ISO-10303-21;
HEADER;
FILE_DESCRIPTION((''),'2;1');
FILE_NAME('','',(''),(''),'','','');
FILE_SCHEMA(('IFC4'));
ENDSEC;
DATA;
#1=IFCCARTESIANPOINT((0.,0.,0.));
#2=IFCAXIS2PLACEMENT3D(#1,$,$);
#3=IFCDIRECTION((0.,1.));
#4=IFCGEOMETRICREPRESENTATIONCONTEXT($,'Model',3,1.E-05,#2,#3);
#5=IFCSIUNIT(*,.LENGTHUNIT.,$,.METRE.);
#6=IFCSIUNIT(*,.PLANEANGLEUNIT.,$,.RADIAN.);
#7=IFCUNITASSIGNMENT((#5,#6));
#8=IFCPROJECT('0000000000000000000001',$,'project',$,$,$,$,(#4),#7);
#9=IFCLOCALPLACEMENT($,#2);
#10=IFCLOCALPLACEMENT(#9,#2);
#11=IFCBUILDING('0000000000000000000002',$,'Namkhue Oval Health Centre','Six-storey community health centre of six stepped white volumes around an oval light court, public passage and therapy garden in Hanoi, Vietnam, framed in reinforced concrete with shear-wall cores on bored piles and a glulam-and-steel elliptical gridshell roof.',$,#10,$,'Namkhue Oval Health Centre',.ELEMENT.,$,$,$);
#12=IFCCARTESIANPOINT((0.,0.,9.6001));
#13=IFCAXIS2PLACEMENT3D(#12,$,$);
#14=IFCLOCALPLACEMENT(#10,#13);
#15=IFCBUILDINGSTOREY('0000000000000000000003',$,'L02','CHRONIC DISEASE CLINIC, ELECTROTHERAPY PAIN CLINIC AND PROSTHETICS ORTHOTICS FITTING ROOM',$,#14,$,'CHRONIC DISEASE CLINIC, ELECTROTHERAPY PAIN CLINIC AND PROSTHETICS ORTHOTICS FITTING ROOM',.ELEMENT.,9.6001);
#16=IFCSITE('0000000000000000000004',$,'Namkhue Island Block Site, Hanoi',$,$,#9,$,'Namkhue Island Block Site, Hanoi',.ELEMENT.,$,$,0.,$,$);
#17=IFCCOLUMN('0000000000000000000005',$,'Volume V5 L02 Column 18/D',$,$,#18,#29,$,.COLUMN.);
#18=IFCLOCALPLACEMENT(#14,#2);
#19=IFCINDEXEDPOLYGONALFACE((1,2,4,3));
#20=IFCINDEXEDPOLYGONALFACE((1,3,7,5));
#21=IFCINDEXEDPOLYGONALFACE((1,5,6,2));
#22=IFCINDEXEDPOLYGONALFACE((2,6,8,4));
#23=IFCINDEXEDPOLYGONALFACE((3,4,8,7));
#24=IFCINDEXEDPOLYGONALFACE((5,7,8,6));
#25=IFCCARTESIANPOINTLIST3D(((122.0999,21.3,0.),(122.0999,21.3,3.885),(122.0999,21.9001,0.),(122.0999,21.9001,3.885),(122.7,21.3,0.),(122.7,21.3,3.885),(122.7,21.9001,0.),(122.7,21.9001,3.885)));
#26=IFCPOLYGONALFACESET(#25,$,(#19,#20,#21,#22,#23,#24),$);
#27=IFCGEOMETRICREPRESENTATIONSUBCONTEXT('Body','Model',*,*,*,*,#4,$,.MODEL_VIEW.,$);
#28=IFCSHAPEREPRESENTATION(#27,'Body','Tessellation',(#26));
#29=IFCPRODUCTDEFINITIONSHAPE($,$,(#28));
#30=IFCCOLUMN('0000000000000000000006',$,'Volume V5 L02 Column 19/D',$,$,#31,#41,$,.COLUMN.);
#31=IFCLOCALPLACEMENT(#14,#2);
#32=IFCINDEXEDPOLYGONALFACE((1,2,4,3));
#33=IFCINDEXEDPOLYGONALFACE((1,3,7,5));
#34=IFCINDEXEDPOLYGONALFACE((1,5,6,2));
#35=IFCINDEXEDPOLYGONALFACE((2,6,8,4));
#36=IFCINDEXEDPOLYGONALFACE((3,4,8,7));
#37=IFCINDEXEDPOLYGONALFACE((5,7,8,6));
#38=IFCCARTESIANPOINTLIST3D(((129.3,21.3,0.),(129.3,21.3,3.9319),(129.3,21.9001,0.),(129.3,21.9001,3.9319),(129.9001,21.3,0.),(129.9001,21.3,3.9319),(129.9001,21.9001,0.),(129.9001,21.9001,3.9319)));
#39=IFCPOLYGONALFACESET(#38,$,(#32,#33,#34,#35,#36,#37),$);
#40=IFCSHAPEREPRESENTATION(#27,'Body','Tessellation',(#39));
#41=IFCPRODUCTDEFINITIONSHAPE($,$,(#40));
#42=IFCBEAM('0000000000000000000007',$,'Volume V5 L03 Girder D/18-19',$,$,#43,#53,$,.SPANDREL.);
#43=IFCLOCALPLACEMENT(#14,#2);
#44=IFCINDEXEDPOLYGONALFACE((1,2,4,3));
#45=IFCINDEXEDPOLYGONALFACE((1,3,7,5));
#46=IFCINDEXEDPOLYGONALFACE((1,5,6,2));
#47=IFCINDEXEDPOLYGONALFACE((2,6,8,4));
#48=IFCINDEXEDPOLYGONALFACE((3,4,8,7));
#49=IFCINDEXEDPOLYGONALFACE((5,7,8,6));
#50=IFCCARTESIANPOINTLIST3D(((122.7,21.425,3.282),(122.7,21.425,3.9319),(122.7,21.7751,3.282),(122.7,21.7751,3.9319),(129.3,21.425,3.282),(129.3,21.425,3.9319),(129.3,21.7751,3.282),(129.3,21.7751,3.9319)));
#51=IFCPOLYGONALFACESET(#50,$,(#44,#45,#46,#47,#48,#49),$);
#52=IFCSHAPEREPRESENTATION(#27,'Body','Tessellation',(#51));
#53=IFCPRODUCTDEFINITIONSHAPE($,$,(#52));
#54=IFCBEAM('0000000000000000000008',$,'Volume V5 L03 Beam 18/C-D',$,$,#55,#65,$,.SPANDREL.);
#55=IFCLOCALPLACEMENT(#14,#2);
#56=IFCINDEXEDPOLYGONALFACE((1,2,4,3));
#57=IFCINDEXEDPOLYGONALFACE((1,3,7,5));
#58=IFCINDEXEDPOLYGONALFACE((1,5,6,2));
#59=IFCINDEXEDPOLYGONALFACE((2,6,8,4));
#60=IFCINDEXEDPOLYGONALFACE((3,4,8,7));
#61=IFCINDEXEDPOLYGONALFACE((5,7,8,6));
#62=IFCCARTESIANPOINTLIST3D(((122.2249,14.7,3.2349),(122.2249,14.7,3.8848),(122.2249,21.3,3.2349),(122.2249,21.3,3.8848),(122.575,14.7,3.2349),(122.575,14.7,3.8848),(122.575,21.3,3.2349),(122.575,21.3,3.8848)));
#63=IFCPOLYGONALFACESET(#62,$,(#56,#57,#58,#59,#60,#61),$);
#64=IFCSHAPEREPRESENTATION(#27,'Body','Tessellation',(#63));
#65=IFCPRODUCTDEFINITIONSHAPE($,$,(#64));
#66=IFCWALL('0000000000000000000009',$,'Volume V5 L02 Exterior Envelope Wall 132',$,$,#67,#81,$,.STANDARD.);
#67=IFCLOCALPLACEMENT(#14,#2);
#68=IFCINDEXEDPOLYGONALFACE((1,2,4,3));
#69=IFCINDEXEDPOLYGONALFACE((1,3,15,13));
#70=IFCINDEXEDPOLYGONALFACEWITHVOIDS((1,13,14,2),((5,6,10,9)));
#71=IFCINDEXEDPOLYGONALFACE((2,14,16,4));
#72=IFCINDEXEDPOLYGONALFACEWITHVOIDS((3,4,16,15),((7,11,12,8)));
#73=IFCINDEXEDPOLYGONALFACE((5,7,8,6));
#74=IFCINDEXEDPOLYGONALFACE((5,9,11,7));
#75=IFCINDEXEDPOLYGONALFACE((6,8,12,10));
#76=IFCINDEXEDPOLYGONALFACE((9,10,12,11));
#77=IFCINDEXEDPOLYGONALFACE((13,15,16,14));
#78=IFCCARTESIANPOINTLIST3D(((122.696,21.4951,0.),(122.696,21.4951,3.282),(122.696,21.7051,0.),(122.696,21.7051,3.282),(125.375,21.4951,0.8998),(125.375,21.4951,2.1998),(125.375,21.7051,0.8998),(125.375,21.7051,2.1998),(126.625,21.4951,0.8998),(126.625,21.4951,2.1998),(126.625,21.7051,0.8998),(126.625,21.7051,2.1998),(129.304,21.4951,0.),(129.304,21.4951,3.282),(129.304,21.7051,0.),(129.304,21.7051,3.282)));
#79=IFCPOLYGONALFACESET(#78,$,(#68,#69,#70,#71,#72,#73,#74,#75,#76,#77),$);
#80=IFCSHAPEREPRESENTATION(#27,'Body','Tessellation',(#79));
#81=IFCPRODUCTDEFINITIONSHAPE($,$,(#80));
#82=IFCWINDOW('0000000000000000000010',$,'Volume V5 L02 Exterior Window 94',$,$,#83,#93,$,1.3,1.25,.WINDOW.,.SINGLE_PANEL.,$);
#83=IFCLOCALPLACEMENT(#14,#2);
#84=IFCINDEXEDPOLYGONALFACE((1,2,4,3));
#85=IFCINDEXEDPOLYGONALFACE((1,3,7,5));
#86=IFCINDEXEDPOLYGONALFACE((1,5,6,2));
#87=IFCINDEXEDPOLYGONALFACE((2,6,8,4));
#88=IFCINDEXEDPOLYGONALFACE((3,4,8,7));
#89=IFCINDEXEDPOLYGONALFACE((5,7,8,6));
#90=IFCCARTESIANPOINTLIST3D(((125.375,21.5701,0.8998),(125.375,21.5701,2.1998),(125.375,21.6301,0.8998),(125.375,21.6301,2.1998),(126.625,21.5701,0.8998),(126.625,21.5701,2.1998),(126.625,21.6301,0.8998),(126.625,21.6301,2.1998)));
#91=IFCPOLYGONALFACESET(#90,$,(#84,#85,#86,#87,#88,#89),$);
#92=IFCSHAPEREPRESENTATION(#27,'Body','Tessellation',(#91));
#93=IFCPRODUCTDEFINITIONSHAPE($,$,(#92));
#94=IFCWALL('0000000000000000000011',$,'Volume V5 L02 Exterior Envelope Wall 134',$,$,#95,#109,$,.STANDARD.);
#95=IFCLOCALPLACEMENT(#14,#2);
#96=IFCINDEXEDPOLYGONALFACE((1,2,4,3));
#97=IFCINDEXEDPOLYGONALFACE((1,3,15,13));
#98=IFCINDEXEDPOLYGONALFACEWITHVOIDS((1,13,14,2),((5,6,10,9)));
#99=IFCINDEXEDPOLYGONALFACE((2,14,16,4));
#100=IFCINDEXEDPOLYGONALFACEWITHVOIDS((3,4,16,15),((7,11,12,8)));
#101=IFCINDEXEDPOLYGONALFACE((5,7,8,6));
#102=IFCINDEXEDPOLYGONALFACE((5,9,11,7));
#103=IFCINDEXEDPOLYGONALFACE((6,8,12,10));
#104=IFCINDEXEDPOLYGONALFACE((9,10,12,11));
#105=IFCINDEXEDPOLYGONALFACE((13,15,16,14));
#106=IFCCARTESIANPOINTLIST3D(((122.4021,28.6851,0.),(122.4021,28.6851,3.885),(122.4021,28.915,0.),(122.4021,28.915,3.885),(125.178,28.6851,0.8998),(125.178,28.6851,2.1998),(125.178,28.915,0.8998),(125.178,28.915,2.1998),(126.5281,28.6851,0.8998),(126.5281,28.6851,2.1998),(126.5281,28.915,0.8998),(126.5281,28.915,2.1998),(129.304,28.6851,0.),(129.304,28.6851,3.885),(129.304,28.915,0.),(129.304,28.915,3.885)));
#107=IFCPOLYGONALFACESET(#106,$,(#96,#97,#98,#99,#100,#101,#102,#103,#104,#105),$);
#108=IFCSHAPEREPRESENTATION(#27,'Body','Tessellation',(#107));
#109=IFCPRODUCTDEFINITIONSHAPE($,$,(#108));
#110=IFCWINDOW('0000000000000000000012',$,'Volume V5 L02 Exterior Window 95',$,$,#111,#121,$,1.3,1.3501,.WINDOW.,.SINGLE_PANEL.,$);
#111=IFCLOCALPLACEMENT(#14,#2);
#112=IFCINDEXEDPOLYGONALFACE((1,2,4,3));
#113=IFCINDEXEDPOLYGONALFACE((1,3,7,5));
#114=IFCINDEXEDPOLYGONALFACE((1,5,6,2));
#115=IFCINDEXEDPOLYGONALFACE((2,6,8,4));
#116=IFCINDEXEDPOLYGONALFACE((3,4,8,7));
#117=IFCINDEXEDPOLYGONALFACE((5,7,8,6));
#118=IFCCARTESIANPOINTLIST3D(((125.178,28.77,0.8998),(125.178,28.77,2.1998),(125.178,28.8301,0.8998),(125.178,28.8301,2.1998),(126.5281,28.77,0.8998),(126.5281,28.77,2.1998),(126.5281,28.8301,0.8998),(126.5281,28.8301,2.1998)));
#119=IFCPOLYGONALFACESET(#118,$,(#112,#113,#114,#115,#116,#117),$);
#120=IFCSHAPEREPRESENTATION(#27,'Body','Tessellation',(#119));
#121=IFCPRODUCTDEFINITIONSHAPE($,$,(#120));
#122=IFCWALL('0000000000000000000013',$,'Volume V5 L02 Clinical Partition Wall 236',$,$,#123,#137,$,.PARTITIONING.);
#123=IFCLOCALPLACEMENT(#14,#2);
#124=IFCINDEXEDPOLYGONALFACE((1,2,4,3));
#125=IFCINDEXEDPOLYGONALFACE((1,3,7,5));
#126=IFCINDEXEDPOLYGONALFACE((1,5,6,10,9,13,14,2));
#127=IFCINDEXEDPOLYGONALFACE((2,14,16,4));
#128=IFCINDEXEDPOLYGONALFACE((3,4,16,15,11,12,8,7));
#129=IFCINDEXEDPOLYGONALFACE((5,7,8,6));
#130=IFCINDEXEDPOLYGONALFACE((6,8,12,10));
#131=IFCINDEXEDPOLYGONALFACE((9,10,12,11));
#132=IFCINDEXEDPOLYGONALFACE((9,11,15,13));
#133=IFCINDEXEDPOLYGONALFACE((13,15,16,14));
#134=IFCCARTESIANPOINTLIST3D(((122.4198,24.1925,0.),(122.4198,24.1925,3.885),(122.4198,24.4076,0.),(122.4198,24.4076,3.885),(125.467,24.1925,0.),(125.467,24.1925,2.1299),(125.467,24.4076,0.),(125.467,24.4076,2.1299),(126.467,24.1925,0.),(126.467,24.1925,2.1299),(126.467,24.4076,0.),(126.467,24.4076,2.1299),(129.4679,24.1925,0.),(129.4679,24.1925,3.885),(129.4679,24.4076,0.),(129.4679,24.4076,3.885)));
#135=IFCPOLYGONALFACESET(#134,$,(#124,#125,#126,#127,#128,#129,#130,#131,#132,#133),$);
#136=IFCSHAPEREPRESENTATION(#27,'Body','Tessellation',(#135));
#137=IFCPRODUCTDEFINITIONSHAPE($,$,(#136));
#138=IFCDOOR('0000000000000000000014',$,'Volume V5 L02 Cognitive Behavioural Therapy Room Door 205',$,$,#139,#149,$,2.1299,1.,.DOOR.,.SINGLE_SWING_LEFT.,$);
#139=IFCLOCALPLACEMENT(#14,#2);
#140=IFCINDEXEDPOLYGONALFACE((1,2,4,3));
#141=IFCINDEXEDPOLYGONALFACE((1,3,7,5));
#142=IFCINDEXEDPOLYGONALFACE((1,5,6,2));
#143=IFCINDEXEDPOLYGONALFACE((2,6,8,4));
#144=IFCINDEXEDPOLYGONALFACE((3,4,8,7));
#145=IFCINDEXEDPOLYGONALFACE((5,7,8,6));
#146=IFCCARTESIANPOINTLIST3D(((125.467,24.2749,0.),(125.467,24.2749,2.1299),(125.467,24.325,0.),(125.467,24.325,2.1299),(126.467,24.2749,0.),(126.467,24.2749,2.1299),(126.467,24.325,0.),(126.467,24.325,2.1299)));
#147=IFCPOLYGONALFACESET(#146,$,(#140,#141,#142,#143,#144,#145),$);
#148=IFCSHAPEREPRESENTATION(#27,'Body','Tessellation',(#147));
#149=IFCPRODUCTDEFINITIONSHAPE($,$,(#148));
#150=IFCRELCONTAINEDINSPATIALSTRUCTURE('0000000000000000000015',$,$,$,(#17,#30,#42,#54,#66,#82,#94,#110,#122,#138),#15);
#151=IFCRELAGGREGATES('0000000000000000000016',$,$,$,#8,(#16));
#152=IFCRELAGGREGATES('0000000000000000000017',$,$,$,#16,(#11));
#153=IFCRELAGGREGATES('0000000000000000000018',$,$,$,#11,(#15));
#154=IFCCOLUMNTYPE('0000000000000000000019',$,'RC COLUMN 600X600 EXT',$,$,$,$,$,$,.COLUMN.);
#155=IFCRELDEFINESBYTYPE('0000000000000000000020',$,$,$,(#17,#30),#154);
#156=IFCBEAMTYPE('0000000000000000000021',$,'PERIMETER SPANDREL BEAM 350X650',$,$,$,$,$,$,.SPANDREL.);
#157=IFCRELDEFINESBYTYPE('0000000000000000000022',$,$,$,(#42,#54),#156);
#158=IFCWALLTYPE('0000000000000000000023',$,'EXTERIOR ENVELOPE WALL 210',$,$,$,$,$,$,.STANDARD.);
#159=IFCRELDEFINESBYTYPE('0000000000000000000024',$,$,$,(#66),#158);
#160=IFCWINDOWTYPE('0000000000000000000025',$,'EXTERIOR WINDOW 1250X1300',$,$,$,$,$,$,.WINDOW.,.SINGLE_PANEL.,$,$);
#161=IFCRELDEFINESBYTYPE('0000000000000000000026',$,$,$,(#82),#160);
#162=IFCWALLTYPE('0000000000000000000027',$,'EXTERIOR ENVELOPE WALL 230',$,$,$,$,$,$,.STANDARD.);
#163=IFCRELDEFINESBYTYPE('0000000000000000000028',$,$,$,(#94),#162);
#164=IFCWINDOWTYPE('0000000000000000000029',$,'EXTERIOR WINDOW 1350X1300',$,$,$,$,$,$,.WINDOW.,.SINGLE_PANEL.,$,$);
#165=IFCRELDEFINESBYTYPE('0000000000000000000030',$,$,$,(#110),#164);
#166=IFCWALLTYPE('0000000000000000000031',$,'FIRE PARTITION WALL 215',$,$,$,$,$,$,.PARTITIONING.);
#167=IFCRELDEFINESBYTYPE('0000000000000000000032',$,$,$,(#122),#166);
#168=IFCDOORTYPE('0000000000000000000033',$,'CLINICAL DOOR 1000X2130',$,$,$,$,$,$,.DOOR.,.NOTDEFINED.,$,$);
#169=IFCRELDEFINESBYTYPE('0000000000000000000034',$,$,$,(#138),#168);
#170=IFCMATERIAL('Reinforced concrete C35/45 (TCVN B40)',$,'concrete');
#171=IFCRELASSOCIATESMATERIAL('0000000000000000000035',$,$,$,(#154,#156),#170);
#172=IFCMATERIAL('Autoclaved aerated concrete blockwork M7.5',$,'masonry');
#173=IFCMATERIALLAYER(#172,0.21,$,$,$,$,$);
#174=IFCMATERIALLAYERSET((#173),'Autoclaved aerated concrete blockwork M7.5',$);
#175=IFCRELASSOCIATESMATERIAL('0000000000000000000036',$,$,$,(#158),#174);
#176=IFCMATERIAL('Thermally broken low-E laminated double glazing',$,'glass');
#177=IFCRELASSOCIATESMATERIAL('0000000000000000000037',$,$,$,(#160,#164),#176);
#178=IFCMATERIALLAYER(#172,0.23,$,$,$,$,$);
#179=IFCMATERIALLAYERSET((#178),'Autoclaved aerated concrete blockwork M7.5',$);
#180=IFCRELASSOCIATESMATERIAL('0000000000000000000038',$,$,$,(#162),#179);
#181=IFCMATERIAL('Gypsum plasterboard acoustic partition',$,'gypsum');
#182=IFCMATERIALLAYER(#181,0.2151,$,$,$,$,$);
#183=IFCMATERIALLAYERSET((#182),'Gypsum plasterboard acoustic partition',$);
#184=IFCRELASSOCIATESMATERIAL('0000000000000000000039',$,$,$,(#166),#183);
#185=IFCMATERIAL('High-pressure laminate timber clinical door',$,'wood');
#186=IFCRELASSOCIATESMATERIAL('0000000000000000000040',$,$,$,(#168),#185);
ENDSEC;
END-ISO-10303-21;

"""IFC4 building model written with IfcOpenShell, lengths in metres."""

from ifc_helpers import new_model, si_unit, direction, frame, frame_2d, origin, origin_2d, place, context, subcontext, project, spatial, rectangle, extrude, material, layer, layer_set, material_profile, profile_set, type_object, element, fill, save


model = new_model("IFC4")

# Units and contexts
model_context = context("Model", 3, precision=1e-05, world=origin(), true_north=direction((0.0, 1.0)))
body_context = subcontext(model_context, "Body", "Model", "MODEL_VIEW")
ifc_project = project(units=[si_unit("LENGTHUNIT", "METRE"), si_unit("PLANEANGLEUNIT", "RADIAN")], contexts=[model_context])

# Site, building, storey
site_placement = place(None, origin())
site = spatial("IfcSite", under=ifc_project, at=site_placement, Name="Namkhue Island Block Site, Hanoi", LongName="Namkhue Island Block Site, Hanoi", CompositionType="ELEMENT", RefElevation=0.0)
building_placement = place(site_placement, origin())
building = spatial("IfcBuilding", under=site, at=building_placement, Name="Namkhue Oval Health Centre", Description="Six-storey community health centre of six stepped white volumes around an oval light court, public passage and therapy garden in Hanoi, Vietnam, framed in reinforced concrete with shear-wall cores on bored piles and a glulam-and-steel elliptical gridshell roof.", LongName="Namkhue Oval Health Centre", CompositionType="ELEMENT")
storey_placement = place(building_placement, frame((0.0, 0.0, 9.6001)))
storey = spatial("IfcBuildingStorey", under=building, at=storey_placement, Name="L02", Description="CHRONIC DISEASE CLINIC, ELECTROTHERAPY PAIN CLINIC AND PROSTHETICS ORTHOTICS FITTING ROOM", LongName="CHRONIC DISEASE CLINIC, ELECTROTHERAPY PAIN CLINIC AND PROSTHETICS ORTHOTICS FITTING ROOM", CompositionType="ELEMENT", Elevation=9.6001)

# Columns
ifc_material_1 = material(Name="Reinforced concrete C35/45 (TCVN B40)", Category="concrete")
ifc_material_profile_1 = material_profile(ifc_material_1, rectangle(XDim=0.6001, YDim=0.6001, at=origin_2d()), Name="RC 600x600")
ifc_profile_set_1 = profile_set([ifc_material_profile_1], Name="Reinforced concrete C35/45 (TCVN B40)")
column_type = type_object("IfcColumnType", Name="RC COLUMN 600X600 EXT", PredefinedType="COLUMN", material=ifc_profile_set_1)
column_1_placement = place(storey_placement, frame((122.3999, 21.6001, 0.0), z_axis=(0.0, 0.0, 1.0), x_axis=(1.0, 0.0, 0.0)))
element("IfcColumn", 1, at=column_1_placement, inside=storey, type_object=column_type, Name="Volume V5 L02 Column 18/D", PredefinedType="COLUMN", context=body_context, shape_type="SweptSolid", body=[
    extrude(rectangle(XDim=0.6001, YDim=0.6001, at=origin_2d()), origin(), (0.0, 0.0, 1.0), 3.885),
])
column_2_placement = place(storey_placement, frame((129.6001, 21.6001, 0.0), z_axis=(0.0, 0.0, 1.0), x_axis=(1.0, 0.0, 0.0)))
element("IfcColumn", 2, at=column_2_placement, inside=storey, type_object=column_type, Name="Volume V5 L02 Column 19/D", PredefinedType="COLUMN", context=body_context, shape_type="SweptSolid", body=[
    extrude(rectangle(XDim=0.6001, YDim=0.6001, at=origin_2d()), origin(), (0.0, 0.0, 1.0), 3.9319),
])

# Beams
ifc_material_profile_2 = material_profile(ifc_material_1, rectangle(XDim=0.3501, YDim=0.6499, at=origin_2d()), Name="RC 350x650")
ifc_profile_set_2 = profile_set([ifc_material_profile_2], Name="Reinforced concrete C35/45 (TCVN B40)")
beam_type = type_object("IfcBeamType", Name="PERIMETER SPANDREL BEAM 350X650", PredefinedType="SPANDREL", material=ifc_profile_set_2)
for number, where, z_axis, x_axis, name in (
    (3, (122.7, 21.6001, 3.6069), (1.0, 0.0, 0.0), (0.0, 1.0, 0.0), "Volume V5 L03 Girder D/18-19"),
    (4, (122.3999, 14.7, 3.5598), (0.0, 1.0, 0.0), (-1.0, 0.0, 0.0), "Volume V5 L03 Beam 18/C-D"),
):
    element("IfcBeam", number, at=place(storey_placement, frame(where, z_axis=z_axis, x_axis=x_axis)), inside=storey, type_object=beam_type, Name=name, PredefinedType="SPANDREL", context=body_context, shape_type="SweptSolid", body=[
        extrude(rectangle(XDim=0.3501, YDim=0.6499, at=origin_2d()), origin(), (0.0, 0.0, 1.0), 6.6001),
    ])

# Walls, openings, windows
ifc_material_2 = material(Name="Autoclaved aerated concrete blockwork M7.5", Category="masonry")
ifc_layer_1 = layer(ifc_material_2, 0.21)
ifc_layer_set_1 = layer_set([ifc_layer_1], Name="Autoclaved aerated concrete blockwork M7.5")
wall_type_1 = type_object("IfcWallType", Name="EXTERIOR ENVELOPE WALL 210", PredefinedType="STANDARD", material=ifc_layer_set_1)
wall_1_placement = place(storey_placement, frame((122.696, 21.6001, 0.0), z_axis=(0.0, 0.0, 1.0), x_axis=(1.0, 0.0, 0.0)))
wall_1 = element("IfcWall", 5, at=wall_1_placement, inside=storey, type_object=wall_type_1, Name="Volume V5 L02 Exterior Envelope Wall 132", PredefinedType="STANDARD", context=body_context, shape_type="SweptSolid", body=[
    extrude(rectangle(XDim=6.6079, YDim=0.21, at=frame_2d((3.304, 0.0))), origin(), (0.0, 0.0, 1.0), 3.282),
])
opening_1_placement = place(wall_1_placement, frame((2.679, 0.0, 0.8999)))
opening_1 = element("IfcOpeningElement", 6, at=opening_1_placement, cuts=wall_1, PredefinedType="OPENING", context=body_context, shape_type="SweptSolid", body=[
    extrude(rectangle(XDim=1.25, YDim=1.3, at=frame_2d((0.625, 0.6499))), frame((0.0, 0.115, 0.0), z_axis=(0.0, -1.0, 0.0), x_axis=(1.0, 0.0, 0.0)), (0.0, 0.0, 1.0), 0.23),
])
ifc_material_3 = material(Name="Thermally broken low-E laminated double glazing", Category="glass")
window_type_1 = type_object("IfcWindowType", Name="EXTERIOR WINDOW 1250X1300", PartitioningType="SINGLE_PANEL", PredefinedType="WINDOW", material=ifc_material_3)
window_1_placement = place(opening_1_placement, origin())
window_1 = element("IfcWindow", 7, at=window_1_placement, inside=storey, type_object=window_type_1, Name="Volume V5 L02 Exterior Window 94", OverallHeight=1.3, OverallWidth=1.25, PartitioningType="SINGLE_PANEL", PredefinedType="WINDOW", context=body_context, shape_type="SweptSolid", body=[
    extrude(rectangle(XDim=1.25, YDim=1.3, at=frame_2d((0.625, 0.6499))), frame((0.0, 0.03, 0.0), z_axis=(0.0, -1.0, 0.0), x_axis=(1.0, 0.0, 0.0)), (0.0, 0.0, 1.0), 0.0601),
])
fill(opening_1, window_1)
ifc_layer_2 = layer(ifc_material_2, 0.23)
ifc_layer_set_2 = layer_set([ifc_layer_2], Name="Autoclaved aerated concrete blockwork M7.5")
wall_type_2 = type_object("IfcWallType", Name="EXTERIOR ENVELOPE WALL 230", PredefinedType="STANDARD", material=ifc_layer_set_2)
wall_2_placement = place(storey_placement, frame((129.304, 28.8, 0.0), z_axis=(0.0, 0.0, 1.0), x_axis=(-1.0, 0.0, 0.0)))
wall_2 = element("IfcWall", 8, at=wall_2_placement, inside=storey, type_object=wall_type_2, Name="Volume V5 L02 Exterior Envelope Wall 134", PredefinedType="STANDARD", context=body_context, shape_type="SweptSolid", body=[
    extrude(rectangle(XDim=6.9019, YDim=0.23, at=frame_2d((3.4509, 0.0))), origin(), (0.0, 0.0, 1.0), 3.885),
])
opening_2_placement = place(wall_2_placement, frame((2.7759, 0.0, 0.8999)))
opening_2 = element("IfcOpeningElement", 9, at=opening_2_placement, cuts=wall_2, PredefinedType="OPENING", context=body_context, shape_type="SweptSolid", body=[
    extrude(rectangle(XDim=1.3501, YDim=1.3, at=frame_2d((0.675, 0.6499))), frame((0.0, 0.125, 0.0), z_axis=(0.0, -1.0, 0.0), x_axis=(1.0, 0.0, 0.0)), (0.0, 0.0, 1.0), 0.25),
])
window_type_2 = type_object("IfcWindowType", Name="EXTERIOR WINDOW 1350X1300", PartitioningType="SINGLE_PANEL", PredefinedType="WINDOW", material=ifc_material_3)
window_2_placement = place(opening_2_placement, origin())
window_2 = element("IfcWindow", 10, at=window_2_placement, inside=storey, type_object=window_type_2, Name="Volume V5 L02 Exterior Window 95", OverallHeight=1.3, OverallWidth=1.3501, PartitioningType="SINGLE_PANEL", PredefinedType="WINDOW", context=body_context, shape_type="SweptSolid", body=[
    extrude(rectangle(XDim=1.3501, YDim=1.3, at=frame_2d((0.675, 0.6499))), frame((0.0, 0.03, 0.0), z_axis=(0.0, -1.0, 0.0), x_axis=(1.0, 0.0, 0.0)), (0.0, 0.0, 1.0), 0.0601),
])
fill(opening_2, window_2)

# Wall, opening, door
ifc_material_4 = material(Name="Gypsum plasterboard acoustic partition", Category="gypsum")
ifc_layer_3 = layer(ifc_material_4, 0.2151)
ifc_layer_set_3 = layer_set([ifc_layer_3], Name="Gypsum plasterboard acoustic partition")
wall_type_3 = type_object("IfcWallType", Name="FIRE PARTITION WALL 215", PredefinedType="PARTITIONING", material=ifc_layer_set_3)
wall_3_placement = place(storey_placement, frame((122.4199, 24.3, 0.0), z_axis=(0.0, 0.0, 1.0), x_axis=(1.0, 0.0, 0.0)))
wall_3 = element("IfcWall", 11, at=wall_3_placement, inside=storey, type_object=wall_type_3, Name="Volume V5 L02 Clinical Partition Wall 236", PredefinedType="PARTITIONING", context=body_context, shape_type="SweptSolid", body=[
    extrude(rectangle(XDim=7.0481, YDim=0.2151, at=frame_2d((3.5239, 0.0))), origin(), (0.0, 0.0, 1.0), 3.885),
])
opening_3_placement = place(wall_3_placement, frame((3.0471, 0.0, 0.0)))
opening_3 = element("IfcOpeningElement", 12, at=opening_3_placement, cuts=wall_3, PredefinedType="OPENING", context=body_context, shape_type="SweptSolid", body=[
    extrude(rectangle(XDim=1.0, YDim=2.1299, at=frame_2d((0.5, 1.0649))), frame((0.0, 0.1174, 0.0), z_axis=(0.0, -1.0, 0.0), x_axis=(1.0, 0.0, 0.0)), (0.0, 0.0, 1.0), 0.2351),
])
ifc_material_5 = material(Name="High-pressure laminate timber clinical door", Category="wood")
door_type = type_object("IfcDoorType", Name="CLINICAL DOOR 1000X2130", OperationType="NOTDEFINED", PredefinedType="DOOR", material=ifc_material_5)
door_placement = place(opening_3_placement, origin())
door = element("IfcDoor", 13, at=door_placement, inside=storey, type_object=door_type, Name="Volume V5 L02 Cognitive Behavioural Therapy Room Door 205", OperationType="SINGLE_SWING_LEFT", OverallHeight=2.1299, OverallWidth=1.0, PredefinedType="DOOR", context=body_context, shape_type="SweptSolid", body=[
    extrude(rectangle(XDim=1.0, YDim=2.1299, at=frame_2d((0.5, 1.0649))), frame((0.0, 0.0249, 0.0), z_axis=(0.0, -1.0, 0.0), x_axis=(1.0, 0.0, 0.0)), (0.0, 0.0, 1.0), 0.05),
])
fill(opening_3, door)

save(model, "model.ifc")
